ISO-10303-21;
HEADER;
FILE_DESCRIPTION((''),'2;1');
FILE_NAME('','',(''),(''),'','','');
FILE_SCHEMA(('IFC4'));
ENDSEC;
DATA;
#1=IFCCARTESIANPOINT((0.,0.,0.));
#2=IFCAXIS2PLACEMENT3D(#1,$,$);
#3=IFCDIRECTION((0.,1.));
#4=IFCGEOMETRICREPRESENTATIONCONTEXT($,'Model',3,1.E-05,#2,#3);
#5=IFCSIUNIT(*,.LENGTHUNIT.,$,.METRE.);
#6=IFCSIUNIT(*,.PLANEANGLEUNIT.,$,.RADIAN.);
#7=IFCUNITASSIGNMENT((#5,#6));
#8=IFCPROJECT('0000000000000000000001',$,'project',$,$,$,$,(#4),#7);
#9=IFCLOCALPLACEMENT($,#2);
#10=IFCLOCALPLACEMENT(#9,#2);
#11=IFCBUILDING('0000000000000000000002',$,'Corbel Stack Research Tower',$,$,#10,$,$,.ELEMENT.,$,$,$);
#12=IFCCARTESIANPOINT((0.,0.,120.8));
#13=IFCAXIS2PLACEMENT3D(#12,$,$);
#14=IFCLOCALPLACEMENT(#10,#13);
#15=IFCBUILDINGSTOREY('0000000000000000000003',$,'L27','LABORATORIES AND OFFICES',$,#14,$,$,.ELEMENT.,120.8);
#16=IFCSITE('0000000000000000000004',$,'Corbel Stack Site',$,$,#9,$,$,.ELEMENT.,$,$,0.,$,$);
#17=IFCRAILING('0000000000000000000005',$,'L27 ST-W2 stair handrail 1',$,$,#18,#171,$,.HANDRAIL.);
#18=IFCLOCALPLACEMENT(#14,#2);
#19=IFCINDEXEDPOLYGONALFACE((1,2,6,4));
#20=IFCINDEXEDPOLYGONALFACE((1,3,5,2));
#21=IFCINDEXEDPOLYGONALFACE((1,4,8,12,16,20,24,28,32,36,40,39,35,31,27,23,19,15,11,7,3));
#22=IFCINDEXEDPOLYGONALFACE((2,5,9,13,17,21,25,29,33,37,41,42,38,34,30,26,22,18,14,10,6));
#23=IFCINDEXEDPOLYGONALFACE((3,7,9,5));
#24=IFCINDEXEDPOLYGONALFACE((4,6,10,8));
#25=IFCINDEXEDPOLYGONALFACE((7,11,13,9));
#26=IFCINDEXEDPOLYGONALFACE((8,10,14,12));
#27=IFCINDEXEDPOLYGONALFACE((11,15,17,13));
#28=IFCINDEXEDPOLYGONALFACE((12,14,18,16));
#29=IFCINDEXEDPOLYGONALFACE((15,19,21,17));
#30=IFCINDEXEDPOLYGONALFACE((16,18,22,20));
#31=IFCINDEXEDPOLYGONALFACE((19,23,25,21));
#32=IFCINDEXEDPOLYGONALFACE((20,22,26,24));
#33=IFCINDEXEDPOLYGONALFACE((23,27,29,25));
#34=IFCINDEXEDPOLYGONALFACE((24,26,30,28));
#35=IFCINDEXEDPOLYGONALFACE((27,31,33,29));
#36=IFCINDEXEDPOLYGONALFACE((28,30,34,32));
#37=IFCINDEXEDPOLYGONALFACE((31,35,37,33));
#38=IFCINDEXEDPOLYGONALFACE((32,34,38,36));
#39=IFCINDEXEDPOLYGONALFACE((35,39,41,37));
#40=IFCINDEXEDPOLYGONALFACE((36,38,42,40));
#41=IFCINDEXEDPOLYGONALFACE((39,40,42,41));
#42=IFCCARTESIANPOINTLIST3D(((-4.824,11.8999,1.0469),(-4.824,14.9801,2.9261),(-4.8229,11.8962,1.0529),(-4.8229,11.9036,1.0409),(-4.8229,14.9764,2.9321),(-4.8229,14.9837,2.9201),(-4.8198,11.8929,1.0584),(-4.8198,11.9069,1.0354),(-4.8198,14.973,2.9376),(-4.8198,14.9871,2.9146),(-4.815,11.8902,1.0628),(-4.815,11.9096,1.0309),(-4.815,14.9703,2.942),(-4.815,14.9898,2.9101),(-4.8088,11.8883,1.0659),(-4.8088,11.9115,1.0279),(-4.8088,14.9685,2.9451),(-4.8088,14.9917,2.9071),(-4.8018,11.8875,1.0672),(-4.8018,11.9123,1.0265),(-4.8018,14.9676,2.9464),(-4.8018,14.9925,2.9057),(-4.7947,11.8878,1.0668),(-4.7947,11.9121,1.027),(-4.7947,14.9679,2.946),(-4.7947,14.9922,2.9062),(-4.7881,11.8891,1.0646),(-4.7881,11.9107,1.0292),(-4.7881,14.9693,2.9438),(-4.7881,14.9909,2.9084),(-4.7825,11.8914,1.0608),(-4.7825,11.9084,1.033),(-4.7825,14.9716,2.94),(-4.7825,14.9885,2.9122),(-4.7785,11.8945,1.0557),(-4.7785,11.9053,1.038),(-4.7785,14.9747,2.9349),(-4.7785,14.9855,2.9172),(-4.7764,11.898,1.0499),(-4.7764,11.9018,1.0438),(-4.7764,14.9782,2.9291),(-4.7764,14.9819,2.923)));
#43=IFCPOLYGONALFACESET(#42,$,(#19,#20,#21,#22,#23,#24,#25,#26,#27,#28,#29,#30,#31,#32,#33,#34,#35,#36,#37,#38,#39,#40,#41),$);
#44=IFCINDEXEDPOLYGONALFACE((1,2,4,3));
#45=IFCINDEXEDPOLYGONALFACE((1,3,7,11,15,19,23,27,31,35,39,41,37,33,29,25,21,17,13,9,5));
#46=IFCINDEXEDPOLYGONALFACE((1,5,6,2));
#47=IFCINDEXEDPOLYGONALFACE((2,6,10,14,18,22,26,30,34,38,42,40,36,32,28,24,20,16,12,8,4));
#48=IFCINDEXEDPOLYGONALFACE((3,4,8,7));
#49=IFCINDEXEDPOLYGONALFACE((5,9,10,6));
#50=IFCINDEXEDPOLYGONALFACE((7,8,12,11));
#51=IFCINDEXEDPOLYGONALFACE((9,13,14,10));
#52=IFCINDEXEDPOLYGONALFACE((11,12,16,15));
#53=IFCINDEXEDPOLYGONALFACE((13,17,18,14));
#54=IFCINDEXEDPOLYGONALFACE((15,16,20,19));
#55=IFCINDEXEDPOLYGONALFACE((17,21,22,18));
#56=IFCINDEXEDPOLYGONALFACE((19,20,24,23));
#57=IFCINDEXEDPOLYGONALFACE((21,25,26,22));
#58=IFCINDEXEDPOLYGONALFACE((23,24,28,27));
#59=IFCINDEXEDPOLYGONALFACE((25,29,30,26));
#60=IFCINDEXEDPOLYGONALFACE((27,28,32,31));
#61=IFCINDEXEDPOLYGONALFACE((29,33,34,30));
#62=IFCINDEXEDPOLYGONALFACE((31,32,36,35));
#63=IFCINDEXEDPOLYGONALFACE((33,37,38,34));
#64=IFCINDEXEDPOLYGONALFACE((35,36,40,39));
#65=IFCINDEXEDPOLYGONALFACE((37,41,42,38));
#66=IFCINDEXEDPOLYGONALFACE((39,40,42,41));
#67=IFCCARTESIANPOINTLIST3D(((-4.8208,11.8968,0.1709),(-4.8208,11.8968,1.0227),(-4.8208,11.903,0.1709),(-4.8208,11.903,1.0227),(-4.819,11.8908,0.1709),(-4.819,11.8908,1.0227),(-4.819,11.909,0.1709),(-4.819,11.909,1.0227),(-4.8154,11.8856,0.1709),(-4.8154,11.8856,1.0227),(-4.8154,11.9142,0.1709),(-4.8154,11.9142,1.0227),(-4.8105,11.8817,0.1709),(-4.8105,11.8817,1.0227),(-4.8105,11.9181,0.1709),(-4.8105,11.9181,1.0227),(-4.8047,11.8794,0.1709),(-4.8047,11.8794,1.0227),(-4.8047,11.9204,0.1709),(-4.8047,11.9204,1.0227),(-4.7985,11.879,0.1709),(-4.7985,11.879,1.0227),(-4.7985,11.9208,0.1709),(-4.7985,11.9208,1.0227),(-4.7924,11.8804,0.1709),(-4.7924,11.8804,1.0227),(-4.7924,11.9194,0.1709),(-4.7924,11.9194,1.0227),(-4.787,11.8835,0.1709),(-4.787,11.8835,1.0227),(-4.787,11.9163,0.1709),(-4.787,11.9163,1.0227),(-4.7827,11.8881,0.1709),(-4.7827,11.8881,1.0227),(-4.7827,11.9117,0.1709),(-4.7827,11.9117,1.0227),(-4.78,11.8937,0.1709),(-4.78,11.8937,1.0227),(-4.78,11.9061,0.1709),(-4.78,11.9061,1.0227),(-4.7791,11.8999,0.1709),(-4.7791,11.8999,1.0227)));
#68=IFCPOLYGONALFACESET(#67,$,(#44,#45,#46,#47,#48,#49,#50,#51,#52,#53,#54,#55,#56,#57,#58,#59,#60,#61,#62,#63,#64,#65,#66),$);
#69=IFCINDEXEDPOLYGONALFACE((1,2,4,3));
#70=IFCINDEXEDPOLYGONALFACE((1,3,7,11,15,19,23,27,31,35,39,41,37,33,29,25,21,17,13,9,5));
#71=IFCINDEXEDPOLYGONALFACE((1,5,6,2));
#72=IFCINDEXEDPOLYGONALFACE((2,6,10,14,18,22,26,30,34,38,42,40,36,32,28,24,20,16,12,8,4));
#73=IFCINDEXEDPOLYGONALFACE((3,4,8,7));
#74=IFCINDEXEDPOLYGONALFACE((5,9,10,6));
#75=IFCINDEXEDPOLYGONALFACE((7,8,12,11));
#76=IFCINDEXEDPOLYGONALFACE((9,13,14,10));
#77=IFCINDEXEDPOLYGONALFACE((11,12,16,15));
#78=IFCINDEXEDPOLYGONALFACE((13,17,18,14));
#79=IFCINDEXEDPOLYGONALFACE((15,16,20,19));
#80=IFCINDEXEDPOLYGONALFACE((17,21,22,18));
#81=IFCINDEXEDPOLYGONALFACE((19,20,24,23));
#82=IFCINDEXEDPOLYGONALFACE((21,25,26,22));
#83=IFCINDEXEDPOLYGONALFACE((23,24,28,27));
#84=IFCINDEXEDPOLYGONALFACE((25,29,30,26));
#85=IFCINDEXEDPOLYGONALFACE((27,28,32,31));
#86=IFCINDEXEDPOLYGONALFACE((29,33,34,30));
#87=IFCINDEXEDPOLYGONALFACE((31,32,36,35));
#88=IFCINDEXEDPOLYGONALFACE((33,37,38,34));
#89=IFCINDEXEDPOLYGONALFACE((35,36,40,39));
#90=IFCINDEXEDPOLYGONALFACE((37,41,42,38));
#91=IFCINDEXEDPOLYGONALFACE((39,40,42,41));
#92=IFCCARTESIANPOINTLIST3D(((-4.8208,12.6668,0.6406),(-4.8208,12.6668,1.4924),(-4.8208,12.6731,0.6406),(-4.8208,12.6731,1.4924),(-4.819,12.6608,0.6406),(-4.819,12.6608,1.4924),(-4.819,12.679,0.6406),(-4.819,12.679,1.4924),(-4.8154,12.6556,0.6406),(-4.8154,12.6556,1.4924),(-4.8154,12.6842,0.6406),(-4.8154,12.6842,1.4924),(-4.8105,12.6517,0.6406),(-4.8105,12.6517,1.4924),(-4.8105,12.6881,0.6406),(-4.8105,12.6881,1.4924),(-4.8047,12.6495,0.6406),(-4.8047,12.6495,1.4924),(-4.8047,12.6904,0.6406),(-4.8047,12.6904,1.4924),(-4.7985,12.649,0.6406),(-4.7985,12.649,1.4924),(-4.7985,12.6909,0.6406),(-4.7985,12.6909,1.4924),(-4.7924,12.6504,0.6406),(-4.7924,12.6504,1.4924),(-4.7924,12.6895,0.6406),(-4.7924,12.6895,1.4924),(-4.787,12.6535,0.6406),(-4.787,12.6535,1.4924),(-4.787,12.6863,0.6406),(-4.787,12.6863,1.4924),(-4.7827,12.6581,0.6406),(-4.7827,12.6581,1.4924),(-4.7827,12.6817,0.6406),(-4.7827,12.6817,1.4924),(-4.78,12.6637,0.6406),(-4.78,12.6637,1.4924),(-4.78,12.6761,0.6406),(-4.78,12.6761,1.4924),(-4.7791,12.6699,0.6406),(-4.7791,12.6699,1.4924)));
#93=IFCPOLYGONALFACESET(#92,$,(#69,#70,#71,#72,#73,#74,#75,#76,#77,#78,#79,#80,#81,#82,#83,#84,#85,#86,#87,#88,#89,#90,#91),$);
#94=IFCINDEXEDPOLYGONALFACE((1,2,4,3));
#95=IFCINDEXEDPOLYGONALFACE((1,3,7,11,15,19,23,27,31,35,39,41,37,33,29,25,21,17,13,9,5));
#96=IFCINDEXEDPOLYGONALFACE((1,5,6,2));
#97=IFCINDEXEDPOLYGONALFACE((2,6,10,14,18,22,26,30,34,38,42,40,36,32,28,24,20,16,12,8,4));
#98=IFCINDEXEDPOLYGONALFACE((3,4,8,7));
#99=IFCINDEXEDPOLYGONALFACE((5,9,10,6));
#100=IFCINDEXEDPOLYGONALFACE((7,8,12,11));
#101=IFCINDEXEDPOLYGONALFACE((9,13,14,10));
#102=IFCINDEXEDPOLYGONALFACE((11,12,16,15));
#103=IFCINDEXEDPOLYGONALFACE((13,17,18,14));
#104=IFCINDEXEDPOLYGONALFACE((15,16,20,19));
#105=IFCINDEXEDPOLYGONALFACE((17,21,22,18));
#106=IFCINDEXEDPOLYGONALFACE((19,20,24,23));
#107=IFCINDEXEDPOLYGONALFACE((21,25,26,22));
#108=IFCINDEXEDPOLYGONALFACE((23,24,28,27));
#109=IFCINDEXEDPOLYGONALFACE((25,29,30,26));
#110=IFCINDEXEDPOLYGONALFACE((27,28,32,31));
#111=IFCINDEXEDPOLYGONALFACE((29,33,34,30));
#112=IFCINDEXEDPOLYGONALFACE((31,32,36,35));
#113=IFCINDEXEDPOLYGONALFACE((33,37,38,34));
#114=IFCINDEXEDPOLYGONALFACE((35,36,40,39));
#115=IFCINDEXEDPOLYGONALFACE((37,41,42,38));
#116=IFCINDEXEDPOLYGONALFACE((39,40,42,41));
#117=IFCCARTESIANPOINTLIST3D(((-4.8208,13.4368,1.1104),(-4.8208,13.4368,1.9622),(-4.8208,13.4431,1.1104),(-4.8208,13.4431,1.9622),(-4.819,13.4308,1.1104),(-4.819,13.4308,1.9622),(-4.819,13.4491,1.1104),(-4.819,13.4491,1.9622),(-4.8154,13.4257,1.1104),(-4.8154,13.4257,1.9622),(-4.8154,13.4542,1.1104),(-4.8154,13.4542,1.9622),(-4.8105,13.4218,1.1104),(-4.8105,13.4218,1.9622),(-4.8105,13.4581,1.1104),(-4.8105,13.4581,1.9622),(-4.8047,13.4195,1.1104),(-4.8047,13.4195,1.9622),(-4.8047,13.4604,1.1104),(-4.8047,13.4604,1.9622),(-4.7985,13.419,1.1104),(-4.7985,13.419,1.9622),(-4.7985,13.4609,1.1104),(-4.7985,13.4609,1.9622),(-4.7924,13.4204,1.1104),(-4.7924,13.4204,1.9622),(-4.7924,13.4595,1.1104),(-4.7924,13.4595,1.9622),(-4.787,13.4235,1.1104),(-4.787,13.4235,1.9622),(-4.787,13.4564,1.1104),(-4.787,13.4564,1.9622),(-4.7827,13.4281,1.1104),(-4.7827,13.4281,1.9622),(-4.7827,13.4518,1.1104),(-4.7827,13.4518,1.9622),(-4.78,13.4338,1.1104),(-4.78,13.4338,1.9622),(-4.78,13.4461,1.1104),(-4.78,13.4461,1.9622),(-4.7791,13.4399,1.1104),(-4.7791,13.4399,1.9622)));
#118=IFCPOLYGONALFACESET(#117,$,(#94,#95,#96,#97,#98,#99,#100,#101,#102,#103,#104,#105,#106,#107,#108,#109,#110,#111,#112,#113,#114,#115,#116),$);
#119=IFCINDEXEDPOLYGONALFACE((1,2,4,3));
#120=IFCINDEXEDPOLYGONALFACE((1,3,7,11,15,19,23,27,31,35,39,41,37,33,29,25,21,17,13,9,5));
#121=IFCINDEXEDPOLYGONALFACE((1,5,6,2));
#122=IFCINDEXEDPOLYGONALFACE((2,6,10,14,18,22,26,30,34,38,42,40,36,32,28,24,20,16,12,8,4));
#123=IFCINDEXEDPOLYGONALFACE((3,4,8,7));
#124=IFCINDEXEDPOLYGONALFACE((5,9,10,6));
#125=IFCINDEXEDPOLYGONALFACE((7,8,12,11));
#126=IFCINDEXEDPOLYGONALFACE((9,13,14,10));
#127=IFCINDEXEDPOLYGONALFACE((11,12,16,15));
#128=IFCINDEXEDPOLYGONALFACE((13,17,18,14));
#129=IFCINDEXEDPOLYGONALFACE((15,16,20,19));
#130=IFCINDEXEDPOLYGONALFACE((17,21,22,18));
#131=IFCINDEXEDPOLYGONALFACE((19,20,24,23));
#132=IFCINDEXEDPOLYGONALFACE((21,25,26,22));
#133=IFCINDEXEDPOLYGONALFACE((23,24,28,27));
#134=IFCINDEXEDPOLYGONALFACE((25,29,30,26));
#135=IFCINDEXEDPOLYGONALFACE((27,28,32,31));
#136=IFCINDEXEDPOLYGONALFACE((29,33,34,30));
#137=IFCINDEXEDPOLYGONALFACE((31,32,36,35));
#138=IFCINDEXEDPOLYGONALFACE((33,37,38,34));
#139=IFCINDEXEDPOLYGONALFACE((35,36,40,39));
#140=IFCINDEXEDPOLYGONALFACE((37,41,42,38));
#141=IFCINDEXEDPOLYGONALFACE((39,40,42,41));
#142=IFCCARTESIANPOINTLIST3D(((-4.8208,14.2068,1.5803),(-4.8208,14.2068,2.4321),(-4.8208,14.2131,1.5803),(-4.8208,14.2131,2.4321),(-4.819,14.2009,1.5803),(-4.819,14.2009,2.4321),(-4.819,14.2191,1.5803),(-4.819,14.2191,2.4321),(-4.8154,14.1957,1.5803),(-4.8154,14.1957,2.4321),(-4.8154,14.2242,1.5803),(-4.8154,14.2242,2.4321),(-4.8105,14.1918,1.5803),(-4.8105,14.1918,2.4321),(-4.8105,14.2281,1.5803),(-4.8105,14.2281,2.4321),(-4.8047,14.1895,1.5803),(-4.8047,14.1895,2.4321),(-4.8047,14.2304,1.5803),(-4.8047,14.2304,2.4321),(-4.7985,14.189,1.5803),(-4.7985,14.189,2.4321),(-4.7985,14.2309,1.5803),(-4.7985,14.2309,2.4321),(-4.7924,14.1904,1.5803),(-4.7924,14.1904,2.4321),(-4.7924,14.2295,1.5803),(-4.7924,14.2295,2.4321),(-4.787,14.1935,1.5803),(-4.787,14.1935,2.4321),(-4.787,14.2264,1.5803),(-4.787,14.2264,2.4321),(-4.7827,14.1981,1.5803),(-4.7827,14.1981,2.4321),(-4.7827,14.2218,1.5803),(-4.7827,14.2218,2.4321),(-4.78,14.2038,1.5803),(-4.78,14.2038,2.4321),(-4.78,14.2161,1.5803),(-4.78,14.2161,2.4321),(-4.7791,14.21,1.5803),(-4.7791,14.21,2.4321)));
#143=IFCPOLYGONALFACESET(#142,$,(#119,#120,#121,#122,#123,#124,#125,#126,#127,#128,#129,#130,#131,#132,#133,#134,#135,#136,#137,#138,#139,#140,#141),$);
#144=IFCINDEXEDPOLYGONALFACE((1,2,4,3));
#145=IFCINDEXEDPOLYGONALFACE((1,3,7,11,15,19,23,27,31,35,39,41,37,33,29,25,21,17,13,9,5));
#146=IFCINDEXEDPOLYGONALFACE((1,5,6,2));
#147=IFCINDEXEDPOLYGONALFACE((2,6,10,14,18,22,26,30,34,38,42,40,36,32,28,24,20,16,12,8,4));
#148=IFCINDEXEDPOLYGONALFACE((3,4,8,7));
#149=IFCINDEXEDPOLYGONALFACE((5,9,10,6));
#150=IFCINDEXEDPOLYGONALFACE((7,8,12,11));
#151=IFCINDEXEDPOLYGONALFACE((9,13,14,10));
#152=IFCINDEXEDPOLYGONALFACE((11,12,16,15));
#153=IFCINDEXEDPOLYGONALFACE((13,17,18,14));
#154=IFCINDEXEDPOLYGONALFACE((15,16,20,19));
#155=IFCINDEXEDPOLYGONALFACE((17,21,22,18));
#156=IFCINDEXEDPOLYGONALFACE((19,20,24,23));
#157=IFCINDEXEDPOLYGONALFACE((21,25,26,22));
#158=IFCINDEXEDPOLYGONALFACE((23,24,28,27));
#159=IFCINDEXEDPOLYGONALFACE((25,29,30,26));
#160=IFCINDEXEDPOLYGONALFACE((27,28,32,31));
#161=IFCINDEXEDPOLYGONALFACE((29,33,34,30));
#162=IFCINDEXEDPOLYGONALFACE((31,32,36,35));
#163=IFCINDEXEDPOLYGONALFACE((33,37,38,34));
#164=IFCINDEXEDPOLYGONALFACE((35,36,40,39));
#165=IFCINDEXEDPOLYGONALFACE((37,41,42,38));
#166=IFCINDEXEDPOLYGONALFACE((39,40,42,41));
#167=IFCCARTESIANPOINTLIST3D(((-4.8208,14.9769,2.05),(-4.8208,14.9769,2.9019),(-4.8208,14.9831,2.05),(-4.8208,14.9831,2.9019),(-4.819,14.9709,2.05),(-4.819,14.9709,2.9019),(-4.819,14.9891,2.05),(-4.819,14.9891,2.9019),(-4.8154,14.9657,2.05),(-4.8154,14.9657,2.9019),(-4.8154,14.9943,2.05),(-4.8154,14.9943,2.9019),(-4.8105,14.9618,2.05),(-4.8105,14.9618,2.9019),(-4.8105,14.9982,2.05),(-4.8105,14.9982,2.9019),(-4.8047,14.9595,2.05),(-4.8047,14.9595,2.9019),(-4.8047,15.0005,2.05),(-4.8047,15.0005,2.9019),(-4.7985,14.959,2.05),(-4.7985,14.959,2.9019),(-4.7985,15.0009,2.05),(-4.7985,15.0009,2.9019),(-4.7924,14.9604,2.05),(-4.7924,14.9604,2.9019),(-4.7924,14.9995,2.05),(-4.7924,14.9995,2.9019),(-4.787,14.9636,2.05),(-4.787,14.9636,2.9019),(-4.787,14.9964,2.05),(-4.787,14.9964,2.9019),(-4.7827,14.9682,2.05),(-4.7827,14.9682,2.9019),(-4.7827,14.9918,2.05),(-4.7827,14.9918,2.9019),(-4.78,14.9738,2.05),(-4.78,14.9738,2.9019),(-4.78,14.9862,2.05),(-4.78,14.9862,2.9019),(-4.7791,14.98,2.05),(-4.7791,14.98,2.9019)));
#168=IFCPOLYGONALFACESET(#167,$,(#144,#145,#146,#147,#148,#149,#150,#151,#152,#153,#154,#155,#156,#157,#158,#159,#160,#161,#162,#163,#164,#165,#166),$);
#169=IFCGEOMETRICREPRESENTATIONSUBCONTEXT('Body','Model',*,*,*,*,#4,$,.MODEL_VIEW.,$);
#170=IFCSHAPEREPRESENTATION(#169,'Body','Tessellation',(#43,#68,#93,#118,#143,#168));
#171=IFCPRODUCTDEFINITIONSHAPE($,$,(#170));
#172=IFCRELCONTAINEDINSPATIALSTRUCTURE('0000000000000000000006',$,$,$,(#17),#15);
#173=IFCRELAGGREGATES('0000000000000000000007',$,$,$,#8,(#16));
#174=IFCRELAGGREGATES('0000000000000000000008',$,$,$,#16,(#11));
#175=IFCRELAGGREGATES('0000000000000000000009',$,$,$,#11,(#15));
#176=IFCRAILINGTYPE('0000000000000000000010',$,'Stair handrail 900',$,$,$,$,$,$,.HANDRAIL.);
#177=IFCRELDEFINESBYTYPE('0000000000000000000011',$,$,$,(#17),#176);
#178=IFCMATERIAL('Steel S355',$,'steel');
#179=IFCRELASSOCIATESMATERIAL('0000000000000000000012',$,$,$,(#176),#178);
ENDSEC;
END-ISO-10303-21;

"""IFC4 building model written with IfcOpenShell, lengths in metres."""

from ifc_helpers import new_model, si_unit, direction, frame, origin, origin_2d, place, context, subcontext, project, spatial, circle, extrude, material, type_object, element, save


model = new_model("IFC4")

# Units and contexts
model_context = context("Model", 3, precision=1e-05, world=origin(), true_north=direction((0.0, 1.0)))
body_context = subcontext(model_context, "Body", "Model", "MODEL_VIEW")
ifc_project = project(units=[si_unit("LENGTHUNIT", "METRE"), si_unit("PLANEANGLEUNIT", "RADIAN")], contexts=[model_context])

# Site, building, storey
site_placement = place(None, origin())
site = spatial("IfcSite", under=ifc_project, at=site_placement, Name="Corbel Stack Site", CompositionType="ELEMENT", RefElevation=0.0)
building_placement = place(site_placement, origin())
building = spatial("IfcBuilding", under=site, at=building_placement, Name="Corbel Stack Research Tower", CompositionType="ELEMENT")
storey_placement = place(building_placement, frame((0.0, 0.0, 120.8)))
storey = spatial("IfcBuildingStorey", under=building, at=storey_placement, Name="L27", Description="LABORATORIES AND OFFICES", CompositionType="ELEMENT", Elevation=120.8)

# Railing
ifc_material_1 = material(Name="Steel S355", Category="steel")
railing_type_1 = type_object("IfcRailingType", Name="Stair handrail 900", PredefinedType="HANDRAIL", material=ifc_material_1)
railing_1_placement = place(storey_placement, frame((-4.8, 11.8999, 0.1709)))
element("IfcRailing", 1, at=railing_1_placement, inside=storey, type_object=railing_type_1, Name="L27 ST-W2 stair handrail 1", PredefinedType="HANDRAIL", context=body_context, shape_type="SweptSolid", body=[
    extrude(circle(Radius=0.0239, at=origin_2d()), frame((0.0, 0.0, 0.876), z_axis=(0.0, 0.853666, 0.52082), x_axis=(-1.0, 0.0, 0.0)), (0.0, 0.0, 1.0), 3.6082),
    extrude(circle(Radius=0.021, at=origin_2d()), origin(), (0.0, 0.0, 1.0), 0.8518),
    extrude(circle(Radius=0.021, at=origin_2d()), frame((0.0, 0.77, 0.4697)), (0.0, 0.0, 1.0), 0.8518),
    extrude(circle(Radius=0.021, at=origin_2d()), frame((0.0, 1.54, 0.9395)), (0.0, 0.0, 1.0), 0.8518),
    extrude(circle(Radius=0.021, at=origin_2d()), frame((0.0, 2.3101, 1.4094)), (0.0, 0.0, 1.0), 0.8518),
    extrude(circle(Radius=0.021, at=origin_2d()), frame((0.0, 3.0801, 1.8792)), (0.0, 0.0, 1.0), 0.8518),
])

save(model, "model.ifc")
